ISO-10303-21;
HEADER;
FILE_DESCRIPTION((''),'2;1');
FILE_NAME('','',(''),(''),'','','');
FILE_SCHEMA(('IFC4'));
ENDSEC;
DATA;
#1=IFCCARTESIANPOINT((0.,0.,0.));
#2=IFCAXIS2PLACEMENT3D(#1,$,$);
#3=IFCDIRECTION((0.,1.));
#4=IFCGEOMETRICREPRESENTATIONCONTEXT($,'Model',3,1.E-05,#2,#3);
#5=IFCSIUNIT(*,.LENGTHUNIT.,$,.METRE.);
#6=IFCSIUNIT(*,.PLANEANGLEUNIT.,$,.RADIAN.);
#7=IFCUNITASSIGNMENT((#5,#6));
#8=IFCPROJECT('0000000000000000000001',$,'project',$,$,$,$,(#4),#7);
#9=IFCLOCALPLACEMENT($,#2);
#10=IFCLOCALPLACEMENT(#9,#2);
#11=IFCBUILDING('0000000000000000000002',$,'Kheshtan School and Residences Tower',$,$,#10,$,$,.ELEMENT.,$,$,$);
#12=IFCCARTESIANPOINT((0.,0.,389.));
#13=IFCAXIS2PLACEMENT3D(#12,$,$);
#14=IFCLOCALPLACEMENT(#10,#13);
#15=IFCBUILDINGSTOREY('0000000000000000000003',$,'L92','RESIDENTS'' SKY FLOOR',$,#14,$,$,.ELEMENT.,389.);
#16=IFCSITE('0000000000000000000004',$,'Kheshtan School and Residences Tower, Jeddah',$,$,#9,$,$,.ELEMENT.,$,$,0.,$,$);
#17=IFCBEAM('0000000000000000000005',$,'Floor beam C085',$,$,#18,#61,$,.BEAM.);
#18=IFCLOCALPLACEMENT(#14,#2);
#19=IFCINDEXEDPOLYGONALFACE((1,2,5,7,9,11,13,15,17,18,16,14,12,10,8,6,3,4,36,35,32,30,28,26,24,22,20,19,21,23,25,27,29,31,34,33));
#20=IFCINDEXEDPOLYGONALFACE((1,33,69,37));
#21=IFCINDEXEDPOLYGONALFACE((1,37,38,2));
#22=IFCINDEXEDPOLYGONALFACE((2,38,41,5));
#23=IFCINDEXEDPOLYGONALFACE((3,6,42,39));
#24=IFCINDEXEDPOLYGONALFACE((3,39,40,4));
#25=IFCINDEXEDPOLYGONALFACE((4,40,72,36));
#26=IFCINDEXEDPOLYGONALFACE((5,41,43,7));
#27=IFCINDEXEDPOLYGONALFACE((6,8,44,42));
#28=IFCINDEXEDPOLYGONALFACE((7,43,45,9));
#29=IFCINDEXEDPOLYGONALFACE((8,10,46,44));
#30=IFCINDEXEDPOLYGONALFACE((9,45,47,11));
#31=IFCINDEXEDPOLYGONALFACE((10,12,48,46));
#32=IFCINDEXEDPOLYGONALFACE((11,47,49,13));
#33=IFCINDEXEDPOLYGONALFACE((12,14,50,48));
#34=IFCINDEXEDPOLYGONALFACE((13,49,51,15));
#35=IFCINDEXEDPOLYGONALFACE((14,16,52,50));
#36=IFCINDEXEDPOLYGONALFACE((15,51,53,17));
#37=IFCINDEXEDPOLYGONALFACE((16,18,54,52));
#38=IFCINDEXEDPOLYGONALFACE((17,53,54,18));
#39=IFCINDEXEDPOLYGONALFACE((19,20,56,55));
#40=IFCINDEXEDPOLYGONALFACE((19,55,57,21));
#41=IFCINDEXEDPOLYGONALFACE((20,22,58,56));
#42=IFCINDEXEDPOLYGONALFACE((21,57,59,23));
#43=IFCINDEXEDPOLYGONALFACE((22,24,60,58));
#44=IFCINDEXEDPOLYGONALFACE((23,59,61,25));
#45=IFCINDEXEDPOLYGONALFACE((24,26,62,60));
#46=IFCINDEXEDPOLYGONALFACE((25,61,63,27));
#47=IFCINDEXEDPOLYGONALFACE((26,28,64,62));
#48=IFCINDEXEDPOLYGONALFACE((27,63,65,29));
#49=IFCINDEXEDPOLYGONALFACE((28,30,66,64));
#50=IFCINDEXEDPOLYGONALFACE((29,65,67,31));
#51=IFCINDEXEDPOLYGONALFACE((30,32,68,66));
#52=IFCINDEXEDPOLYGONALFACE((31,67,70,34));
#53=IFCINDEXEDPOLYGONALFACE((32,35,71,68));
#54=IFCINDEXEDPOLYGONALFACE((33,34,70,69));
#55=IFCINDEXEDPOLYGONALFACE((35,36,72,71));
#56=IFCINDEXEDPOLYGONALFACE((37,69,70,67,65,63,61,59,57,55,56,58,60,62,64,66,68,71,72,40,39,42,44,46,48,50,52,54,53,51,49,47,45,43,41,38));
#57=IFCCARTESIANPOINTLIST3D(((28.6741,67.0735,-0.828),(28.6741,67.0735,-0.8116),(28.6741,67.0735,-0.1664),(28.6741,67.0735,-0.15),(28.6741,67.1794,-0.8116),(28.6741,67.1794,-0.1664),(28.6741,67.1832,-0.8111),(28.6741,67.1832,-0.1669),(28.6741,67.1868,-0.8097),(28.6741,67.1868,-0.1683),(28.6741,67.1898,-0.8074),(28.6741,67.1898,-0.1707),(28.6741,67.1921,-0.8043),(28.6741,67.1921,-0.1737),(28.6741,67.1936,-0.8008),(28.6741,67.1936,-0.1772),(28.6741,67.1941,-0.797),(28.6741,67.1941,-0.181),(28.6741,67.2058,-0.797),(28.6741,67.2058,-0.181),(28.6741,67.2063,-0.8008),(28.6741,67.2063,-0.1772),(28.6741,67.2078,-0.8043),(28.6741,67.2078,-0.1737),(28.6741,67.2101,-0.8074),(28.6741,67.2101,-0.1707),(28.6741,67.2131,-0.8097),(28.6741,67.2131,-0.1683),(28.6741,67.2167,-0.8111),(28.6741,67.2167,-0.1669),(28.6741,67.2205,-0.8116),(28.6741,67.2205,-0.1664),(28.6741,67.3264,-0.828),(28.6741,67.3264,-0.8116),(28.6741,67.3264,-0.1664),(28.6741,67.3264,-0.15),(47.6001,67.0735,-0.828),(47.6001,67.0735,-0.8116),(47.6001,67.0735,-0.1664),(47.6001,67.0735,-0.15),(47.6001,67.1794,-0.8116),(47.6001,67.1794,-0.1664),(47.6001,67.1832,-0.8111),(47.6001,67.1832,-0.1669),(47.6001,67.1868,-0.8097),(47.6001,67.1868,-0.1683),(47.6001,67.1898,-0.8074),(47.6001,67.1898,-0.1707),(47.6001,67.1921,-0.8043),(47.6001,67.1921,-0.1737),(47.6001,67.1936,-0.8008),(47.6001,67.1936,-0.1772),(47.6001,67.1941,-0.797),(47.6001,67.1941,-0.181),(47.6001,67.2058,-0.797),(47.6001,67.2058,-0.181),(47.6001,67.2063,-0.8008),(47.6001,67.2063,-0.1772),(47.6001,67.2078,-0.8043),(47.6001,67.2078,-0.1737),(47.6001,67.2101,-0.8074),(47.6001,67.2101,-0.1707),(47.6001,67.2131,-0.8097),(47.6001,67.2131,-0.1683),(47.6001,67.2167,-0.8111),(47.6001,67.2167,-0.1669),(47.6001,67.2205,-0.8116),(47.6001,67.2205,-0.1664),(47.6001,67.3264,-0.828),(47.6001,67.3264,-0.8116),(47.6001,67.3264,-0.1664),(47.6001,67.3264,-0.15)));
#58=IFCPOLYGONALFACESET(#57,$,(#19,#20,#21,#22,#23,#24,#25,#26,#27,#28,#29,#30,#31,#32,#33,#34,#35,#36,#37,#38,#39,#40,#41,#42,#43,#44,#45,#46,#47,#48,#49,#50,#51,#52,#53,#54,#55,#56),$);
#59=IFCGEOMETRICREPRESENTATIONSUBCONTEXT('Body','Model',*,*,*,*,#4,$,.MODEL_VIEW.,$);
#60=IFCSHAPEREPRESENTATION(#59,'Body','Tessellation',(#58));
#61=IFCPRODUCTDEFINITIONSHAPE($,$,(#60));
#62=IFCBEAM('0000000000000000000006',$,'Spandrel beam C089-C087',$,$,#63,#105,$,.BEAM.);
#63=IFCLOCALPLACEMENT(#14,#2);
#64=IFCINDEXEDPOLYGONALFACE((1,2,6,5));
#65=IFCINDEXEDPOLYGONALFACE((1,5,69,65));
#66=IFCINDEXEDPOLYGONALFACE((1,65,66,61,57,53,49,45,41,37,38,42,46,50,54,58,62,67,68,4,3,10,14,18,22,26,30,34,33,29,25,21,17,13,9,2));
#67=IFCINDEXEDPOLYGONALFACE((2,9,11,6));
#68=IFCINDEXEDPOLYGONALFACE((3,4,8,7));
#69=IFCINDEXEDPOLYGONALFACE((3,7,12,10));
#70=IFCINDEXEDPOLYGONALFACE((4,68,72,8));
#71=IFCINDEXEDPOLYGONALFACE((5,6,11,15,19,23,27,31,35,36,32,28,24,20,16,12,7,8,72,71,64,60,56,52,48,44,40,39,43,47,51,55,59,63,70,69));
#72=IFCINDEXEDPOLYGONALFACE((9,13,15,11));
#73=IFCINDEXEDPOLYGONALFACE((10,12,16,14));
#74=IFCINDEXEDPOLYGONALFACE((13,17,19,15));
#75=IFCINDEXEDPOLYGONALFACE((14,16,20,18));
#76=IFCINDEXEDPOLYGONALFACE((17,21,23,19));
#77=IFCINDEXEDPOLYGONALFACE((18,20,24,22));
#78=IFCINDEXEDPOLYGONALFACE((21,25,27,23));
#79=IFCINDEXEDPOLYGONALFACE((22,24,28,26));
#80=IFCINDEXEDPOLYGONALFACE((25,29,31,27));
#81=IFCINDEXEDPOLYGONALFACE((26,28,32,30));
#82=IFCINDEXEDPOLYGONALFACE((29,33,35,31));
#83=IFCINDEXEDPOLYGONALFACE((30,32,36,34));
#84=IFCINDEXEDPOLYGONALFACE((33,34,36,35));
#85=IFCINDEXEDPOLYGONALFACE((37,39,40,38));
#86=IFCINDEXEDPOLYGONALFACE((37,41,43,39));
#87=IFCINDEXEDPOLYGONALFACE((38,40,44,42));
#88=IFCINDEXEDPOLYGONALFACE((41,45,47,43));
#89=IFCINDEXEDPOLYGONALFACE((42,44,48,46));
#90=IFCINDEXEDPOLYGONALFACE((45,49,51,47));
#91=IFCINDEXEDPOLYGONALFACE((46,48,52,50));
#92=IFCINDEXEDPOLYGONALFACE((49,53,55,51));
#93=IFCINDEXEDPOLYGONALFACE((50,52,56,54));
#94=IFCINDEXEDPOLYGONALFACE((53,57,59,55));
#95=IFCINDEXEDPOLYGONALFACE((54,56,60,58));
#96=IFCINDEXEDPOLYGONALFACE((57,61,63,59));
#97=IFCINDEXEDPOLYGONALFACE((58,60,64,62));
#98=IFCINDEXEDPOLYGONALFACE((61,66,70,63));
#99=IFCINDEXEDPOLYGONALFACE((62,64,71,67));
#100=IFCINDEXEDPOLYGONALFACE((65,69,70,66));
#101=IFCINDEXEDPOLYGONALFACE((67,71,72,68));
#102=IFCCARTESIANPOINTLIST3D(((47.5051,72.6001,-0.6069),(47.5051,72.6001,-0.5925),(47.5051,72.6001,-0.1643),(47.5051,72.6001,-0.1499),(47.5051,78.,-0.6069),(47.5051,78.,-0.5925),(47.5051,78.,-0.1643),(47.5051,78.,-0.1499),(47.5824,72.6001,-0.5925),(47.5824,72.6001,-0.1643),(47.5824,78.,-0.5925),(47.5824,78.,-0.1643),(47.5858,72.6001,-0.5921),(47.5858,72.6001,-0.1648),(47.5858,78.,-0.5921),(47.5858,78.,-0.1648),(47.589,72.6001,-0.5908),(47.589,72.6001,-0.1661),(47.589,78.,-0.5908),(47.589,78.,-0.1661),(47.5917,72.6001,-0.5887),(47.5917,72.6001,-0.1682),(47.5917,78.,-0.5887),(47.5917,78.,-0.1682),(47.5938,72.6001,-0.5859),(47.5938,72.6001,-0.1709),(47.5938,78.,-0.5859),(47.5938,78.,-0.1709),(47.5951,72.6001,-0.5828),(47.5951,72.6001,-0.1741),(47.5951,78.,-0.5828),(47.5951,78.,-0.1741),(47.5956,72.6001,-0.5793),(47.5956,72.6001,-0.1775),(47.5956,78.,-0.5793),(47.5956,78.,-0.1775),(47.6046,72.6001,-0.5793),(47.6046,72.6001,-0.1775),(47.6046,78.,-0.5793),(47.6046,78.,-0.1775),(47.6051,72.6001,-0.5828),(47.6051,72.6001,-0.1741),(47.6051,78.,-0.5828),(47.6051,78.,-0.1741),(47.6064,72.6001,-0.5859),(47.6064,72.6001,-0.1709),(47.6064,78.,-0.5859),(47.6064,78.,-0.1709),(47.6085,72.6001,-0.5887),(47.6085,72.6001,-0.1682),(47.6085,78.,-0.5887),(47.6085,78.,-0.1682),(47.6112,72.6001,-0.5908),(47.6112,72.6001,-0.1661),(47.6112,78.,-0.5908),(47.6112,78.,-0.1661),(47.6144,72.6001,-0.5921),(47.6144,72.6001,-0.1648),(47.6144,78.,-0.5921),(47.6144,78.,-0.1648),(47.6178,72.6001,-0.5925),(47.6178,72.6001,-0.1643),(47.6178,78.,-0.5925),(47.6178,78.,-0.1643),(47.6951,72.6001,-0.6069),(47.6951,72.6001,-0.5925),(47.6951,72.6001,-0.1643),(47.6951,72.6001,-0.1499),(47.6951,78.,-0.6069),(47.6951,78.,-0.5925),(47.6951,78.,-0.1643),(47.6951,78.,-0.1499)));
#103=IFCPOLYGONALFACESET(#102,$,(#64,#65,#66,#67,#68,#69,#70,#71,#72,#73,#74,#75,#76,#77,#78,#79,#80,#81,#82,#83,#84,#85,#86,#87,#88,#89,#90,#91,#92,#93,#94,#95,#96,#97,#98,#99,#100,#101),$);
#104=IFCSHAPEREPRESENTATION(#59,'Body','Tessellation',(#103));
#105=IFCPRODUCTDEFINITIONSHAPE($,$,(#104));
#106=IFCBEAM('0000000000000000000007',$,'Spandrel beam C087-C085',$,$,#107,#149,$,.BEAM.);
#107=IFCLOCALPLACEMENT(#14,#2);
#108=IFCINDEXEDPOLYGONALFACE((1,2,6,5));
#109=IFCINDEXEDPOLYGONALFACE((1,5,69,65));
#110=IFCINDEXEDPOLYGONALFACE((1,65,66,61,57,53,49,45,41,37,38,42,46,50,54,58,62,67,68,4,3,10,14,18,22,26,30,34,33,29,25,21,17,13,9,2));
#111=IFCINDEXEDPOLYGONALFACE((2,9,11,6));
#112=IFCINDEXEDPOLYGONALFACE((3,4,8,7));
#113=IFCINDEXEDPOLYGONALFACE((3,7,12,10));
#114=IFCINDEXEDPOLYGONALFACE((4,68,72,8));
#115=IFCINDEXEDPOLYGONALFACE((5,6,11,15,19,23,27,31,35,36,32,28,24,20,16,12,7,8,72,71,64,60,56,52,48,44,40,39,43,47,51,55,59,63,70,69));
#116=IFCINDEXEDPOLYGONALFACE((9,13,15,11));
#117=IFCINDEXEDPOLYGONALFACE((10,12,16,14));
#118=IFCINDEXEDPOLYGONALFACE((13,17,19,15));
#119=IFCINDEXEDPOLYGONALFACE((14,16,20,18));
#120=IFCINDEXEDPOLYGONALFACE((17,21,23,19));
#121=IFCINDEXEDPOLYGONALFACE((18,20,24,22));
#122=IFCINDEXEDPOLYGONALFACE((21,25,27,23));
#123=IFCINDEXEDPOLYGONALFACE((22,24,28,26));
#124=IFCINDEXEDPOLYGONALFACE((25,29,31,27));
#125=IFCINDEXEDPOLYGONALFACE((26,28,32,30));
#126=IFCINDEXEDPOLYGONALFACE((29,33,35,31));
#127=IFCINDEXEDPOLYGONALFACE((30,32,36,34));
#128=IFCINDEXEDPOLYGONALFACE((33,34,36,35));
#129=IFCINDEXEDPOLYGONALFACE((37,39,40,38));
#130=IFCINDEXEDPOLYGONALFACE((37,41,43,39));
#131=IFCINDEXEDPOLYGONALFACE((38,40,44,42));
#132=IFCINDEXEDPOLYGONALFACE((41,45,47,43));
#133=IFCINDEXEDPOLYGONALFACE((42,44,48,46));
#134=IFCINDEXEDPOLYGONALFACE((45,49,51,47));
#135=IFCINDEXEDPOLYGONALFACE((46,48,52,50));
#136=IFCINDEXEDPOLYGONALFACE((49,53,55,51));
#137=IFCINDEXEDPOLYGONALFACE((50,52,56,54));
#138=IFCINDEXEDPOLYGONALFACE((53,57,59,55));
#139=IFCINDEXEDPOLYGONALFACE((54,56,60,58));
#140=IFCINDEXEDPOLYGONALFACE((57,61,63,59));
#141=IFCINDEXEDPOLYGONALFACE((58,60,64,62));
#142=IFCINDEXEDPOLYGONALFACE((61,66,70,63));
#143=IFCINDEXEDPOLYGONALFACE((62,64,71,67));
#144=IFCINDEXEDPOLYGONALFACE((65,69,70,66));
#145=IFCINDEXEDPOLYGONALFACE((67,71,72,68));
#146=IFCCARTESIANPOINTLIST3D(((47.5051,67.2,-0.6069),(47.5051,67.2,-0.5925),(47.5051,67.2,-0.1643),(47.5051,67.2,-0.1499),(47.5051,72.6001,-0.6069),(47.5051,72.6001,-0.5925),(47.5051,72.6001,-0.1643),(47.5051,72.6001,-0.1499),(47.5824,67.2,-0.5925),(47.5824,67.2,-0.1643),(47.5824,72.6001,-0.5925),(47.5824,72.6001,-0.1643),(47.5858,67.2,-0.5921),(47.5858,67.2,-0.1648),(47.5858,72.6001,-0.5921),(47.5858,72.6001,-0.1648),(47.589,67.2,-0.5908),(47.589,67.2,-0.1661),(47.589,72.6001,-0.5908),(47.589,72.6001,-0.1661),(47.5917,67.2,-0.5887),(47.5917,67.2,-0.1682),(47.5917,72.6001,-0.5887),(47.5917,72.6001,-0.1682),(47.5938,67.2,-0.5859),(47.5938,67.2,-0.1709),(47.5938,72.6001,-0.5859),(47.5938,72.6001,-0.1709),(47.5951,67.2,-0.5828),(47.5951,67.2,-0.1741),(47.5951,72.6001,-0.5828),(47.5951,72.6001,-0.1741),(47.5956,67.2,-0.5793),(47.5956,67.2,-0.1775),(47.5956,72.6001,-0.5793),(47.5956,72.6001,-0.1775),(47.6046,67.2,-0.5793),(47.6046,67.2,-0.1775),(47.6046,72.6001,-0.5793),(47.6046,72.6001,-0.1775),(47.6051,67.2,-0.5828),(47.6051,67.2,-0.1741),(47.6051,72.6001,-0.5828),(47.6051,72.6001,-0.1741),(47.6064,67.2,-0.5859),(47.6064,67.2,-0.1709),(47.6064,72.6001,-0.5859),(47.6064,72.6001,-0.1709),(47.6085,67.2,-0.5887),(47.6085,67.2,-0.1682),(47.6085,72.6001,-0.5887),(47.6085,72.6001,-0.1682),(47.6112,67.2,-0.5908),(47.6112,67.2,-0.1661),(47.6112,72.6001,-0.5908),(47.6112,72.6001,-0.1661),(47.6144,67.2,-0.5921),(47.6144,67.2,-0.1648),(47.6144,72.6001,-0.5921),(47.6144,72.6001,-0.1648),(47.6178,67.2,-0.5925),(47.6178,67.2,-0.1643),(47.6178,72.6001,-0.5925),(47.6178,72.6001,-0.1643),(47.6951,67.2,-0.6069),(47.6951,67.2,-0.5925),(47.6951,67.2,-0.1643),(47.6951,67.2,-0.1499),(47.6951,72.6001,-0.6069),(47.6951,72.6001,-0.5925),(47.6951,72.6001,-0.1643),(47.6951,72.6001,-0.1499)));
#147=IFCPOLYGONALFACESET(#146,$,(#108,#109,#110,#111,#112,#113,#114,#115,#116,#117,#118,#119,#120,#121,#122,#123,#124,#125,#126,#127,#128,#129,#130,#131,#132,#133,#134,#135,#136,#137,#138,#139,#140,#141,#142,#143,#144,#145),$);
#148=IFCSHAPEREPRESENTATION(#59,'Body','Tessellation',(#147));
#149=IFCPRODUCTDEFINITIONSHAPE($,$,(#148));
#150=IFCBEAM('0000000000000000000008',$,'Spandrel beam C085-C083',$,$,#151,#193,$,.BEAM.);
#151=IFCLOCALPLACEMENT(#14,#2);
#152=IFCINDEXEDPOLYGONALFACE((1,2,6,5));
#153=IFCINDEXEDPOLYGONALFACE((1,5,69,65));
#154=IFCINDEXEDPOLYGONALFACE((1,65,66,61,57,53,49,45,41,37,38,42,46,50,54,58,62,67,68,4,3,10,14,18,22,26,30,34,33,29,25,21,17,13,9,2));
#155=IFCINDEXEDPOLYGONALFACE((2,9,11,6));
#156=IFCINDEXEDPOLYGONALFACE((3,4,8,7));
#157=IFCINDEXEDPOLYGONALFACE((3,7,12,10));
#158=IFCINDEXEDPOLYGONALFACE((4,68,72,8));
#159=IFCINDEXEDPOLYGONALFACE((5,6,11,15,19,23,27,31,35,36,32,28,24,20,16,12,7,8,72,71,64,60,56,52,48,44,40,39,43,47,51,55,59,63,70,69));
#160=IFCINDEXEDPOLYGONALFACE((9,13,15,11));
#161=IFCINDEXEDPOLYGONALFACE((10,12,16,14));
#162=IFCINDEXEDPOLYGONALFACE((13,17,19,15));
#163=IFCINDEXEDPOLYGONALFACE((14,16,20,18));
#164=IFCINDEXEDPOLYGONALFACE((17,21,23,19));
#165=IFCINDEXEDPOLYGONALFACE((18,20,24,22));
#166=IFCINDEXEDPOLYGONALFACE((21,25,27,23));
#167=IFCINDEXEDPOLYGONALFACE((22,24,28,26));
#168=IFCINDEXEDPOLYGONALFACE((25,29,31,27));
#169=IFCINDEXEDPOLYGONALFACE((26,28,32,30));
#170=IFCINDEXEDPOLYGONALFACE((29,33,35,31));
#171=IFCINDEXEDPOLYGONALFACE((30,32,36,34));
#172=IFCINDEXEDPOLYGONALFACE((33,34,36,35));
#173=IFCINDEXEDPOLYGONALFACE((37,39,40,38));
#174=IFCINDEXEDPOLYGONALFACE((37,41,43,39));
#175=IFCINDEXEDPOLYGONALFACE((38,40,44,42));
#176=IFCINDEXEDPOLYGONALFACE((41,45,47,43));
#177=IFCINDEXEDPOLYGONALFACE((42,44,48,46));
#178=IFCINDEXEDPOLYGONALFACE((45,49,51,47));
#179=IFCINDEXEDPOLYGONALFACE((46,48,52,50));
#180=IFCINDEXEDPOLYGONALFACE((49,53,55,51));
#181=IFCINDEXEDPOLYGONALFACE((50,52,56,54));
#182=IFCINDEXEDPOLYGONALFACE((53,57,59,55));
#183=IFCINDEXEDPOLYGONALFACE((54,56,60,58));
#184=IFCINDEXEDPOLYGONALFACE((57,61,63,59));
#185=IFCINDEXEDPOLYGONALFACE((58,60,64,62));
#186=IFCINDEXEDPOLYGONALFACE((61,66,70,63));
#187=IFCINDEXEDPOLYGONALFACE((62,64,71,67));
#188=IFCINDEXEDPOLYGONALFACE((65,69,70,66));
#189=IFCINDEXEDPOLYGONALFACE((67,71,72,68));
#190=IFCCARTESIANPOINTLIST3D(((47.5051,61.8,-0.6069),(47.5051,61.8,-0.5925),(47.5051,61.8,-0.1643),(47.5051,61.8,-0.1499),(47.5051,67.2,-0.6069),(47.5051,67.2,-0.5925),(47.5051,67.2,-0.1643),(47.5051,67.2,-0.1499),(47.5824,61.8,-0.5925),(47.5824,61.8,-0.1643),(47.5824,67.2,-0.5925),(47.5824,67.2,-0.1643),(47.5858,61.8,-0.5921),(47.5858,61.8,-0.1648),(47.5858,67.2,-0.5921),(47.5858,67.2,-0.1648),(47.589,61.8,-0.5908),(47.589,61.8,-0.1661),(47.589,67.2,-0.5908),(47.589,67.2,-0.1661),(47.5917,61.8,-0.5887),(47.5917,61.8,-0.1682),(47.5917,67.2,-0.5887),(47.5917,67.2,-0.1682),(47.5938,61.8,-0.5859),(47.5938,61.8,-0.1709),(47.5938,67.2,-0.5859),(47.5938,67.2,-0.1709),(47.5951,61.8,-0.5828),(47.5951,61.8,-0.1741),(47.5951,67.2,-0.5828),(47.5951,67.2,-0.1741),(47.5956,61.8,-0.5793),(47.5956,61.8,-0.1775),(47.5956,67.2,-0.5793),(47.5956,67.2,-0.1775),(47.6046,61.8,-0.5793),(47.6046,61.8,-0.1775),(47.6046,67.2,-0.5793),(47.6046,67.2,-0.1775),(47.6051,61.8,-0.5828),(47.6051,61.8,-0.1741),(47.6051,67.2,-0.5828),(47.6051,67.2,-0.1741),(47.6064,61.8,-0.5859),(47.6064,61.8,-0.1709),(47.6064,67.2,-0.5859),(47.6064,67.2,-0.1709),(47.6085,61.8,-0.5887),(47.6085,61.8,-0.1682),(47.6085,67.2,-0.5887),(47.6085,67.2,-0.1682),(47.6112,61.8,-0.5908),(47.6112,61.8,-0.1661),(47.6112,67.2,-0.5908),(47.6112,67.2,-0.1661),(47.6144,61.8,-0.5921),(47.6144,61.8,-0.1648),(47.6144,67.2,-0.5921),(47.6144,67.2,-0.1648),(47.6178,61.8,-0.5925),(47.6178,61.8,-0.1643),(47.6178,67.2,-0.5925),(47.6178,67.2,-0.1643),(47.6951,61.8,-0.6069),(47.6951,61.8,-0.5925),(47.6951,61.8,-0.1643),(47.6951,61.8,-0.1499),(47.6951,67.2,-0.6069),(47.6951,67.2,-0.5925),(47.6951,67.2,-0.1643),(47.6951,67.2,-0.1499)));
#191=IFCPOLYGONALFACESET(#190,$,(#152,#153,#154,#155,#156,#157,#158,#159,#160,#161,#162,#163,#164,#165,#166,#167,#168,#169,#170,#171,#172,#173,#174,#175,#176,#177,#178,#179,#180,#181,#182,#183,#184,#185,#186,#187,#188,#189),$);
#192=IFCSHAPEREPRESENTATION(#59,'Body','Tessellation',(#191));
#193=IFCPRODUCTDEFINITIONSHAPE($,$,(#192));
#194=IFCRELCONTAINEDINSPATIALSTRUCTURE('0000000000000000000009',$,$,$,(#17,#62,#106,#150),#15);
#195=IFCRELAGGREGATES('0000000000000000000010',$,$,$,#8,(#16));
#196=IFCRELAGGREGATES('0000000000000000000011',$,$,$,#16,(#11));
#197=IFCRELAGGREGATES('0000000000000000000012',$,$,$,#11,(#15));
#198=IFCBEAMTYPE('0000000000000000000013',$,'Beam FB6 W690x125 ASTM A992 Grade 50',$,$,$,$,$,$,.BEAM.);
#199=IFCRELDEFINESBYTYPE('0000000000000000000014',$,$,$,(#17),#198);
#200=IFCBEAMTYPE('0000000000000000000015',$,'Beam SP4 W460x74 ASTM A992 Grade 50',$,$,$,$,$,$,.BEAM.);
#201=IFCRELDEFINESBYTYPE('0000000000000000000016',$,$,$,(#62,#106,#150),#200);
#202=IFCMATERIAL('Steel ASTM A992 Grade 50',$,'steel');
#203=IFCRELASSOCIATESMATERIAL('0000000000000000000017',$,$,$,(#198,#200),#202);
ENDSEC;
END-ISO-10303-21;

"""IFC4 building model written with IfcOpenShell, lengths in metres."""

from ifc_helpers import new_model, si_unit, direction, frame, origin, origin_2d, place, context, subcontext, project, spatial, i_section, extrude, material, material_profile, profile_set, type_object, element, save


model = new_model("IFC4")

# Units and contexts
model_context = context("Model", 3, precision=1e-05, world=origin(), true_north=direction((0.0, 1.0)))
body_context = subcontext(model_context, "Body", "Model", "MODEL_VIEW")
ifc_project = project(units=[si_unit("LENGTHUNIT", "METRE"), si_unit("PLANEANGLEUNIT", "RADIAN")], contexts=[model_context])

# Site, building, storey
site_placement = place(None, origin())
site = spatial("IfcSite", under=ifc_project, at=site_placement, Name="Kheshtan School and Residences Tower, Jeddah", CompositionType="ELEMENT", RefElevation=0.0)
building_placement = place(site_placement, origin())
building = spatial("IfcBuilding", under=site, at=building_placement, Name="Kheshtan School and Residences Tower", CompositionType="ELEMENT")
storey_placement = place(building_placement, frame((0.0, 0.0, 389.0)))
storey = spatial("IfcBuildingStorey", under=building, at=storey_placement, Name="L92", Description="RESIDENTS' SKY FLOOR", CompositionType="ELEMENT", Elevation=389.0)

# Shared definitions
ifc_material_1 = material(Name="Steel ASTM A992 Grade 50", Category="steel")

# Beams
ifc_material_profile_1 = material_profile(ifc_material_1, i_section(OverallWidth=0.2529, OverallDepth=0.678, WebThickness=0.0117, FlangeThickness=0.0164, FilletRadius=0.0146, at=origin_2d()), Name="W690x125")
ifc_profile_set_1 = profile_set([ifc_material_profile_1], Name="Steel ASTM A992 Grade 50")
beam_type_1 = type_object("IfcBeamType", Name="Beam FB6 W690x125 ASTM A992 Grade 50", PredefinedType="BEAM", material=ifc_profile_set_1)
beam_1_placement = place(storey_placement, frame((47.6001, 67.2, -0.489), z_axis=(-1.0, 0.0, 0.0), x_axis=(0.0, -1.0, 0.0)))
element("IfcBeam", 1, at=beam_1_placement, inside=storey, type_object=beam_type_1, Name="Floor beam C085", PredefinedType="BEAM", context=body_context, shape_type="SweptSolid", body=[
    extrude(i_section(OverallWidth=0.2529, OverallDepth=0.678, WebThickness=0.0117, FlangeThickness=0.0164, FilletRadius=0.0146, at=origin_2d()), origin(), (0.0, 0.0, 1.0), 18.926),
])
ifc_material_profile_2 = material_profile(ifc_material_1, i_section(OverallWidth=0.1899, OverallDepth=0.457, WebThickness=0.009, FlangeThickness=0.0144, FilletRadius=0.0132, at=origin_2d()), Name="W460x74")
ifc_profile_set_2 = profile_set([ifc_material_profile_2], Name="Steel ASTM A992 Grade 50")
beam_type_2 = type_object("IfcBeamType", Name="Beam SP4 W460x74 ASTM A992 Grade 50", PredefinedType="BEAM", material=ifc_profile_set_2)
beam_2_placement = place(storey_placement, frame((47.6001, 78.0, -0.3784), z_axis=(0.0, -1.0, 0.0), x_axis=(1.0, 0.0, 0.0)))
element("IfcBeam", 2, at=beam_2_placement, inside=storey, type_object=beam_type_2, Name="Spandrel beam C089-C087", PredefinedType="BEAM", context=body_context, shape_type="SweptSolid", body=[
    extrude(i_section(OverallWidth=0.1899, OverallDepth=0.457, WebThickness=0.009, FlangeThickness=0.0144, FilletRadius=0.0132, at=origin_2d()), origin(), (0.0, 0.0, 1.0), 5.3999),
])
beam_3_placement = place(storey_placement, frame((47.6001, 72.6001, -0.3784), z_axis=(0.0, -1.0, 0.0), x_axis=(1.0, 0.0, 0.0)))
element("IfcBeam", 3, at=beam_3_placement, inside=storey, type_object=beam_type_2, Name="Spandrel beam C087-C085", PredefinedType="BEAM", context=body_context, shape_type="SweptSolid", body=[
    extrude(i_section(OverallWidth=0.1899, OverallDepth=0.457, WebThickness=0.009, FlangeThickness=0.0144, FilletRadius=0.0132, at=origin_2d()), origin(), (0.0, 0.0, 1.0), 5.4001),
])
beam_4_placement = place(storey_placement, frame((47.6001, 67.2, -0.3784), z_axis=(0.0, -1.0, 0.0), x_axis=(1.0, 0.0, 0.0)))
element("IfcBeam", 4, at=beam_4_placement, inside=storey, type_object=beam_type_2, Name="Spandrel beam C085-C083", PredefinedType="BEAM", context=body_context, shape_type="SweptSolid", body=[
    extrude(i_section(OverallWidth=0.1899, OverallDepth=0.457, WebThickness=0.009, FlangeThickness=0.0144, FilletRadius=0.0132, at=origin_2d()), origin(), (0.0, 0.0, 1.0), 5.3999),
])

save(model, "model.ifc")
